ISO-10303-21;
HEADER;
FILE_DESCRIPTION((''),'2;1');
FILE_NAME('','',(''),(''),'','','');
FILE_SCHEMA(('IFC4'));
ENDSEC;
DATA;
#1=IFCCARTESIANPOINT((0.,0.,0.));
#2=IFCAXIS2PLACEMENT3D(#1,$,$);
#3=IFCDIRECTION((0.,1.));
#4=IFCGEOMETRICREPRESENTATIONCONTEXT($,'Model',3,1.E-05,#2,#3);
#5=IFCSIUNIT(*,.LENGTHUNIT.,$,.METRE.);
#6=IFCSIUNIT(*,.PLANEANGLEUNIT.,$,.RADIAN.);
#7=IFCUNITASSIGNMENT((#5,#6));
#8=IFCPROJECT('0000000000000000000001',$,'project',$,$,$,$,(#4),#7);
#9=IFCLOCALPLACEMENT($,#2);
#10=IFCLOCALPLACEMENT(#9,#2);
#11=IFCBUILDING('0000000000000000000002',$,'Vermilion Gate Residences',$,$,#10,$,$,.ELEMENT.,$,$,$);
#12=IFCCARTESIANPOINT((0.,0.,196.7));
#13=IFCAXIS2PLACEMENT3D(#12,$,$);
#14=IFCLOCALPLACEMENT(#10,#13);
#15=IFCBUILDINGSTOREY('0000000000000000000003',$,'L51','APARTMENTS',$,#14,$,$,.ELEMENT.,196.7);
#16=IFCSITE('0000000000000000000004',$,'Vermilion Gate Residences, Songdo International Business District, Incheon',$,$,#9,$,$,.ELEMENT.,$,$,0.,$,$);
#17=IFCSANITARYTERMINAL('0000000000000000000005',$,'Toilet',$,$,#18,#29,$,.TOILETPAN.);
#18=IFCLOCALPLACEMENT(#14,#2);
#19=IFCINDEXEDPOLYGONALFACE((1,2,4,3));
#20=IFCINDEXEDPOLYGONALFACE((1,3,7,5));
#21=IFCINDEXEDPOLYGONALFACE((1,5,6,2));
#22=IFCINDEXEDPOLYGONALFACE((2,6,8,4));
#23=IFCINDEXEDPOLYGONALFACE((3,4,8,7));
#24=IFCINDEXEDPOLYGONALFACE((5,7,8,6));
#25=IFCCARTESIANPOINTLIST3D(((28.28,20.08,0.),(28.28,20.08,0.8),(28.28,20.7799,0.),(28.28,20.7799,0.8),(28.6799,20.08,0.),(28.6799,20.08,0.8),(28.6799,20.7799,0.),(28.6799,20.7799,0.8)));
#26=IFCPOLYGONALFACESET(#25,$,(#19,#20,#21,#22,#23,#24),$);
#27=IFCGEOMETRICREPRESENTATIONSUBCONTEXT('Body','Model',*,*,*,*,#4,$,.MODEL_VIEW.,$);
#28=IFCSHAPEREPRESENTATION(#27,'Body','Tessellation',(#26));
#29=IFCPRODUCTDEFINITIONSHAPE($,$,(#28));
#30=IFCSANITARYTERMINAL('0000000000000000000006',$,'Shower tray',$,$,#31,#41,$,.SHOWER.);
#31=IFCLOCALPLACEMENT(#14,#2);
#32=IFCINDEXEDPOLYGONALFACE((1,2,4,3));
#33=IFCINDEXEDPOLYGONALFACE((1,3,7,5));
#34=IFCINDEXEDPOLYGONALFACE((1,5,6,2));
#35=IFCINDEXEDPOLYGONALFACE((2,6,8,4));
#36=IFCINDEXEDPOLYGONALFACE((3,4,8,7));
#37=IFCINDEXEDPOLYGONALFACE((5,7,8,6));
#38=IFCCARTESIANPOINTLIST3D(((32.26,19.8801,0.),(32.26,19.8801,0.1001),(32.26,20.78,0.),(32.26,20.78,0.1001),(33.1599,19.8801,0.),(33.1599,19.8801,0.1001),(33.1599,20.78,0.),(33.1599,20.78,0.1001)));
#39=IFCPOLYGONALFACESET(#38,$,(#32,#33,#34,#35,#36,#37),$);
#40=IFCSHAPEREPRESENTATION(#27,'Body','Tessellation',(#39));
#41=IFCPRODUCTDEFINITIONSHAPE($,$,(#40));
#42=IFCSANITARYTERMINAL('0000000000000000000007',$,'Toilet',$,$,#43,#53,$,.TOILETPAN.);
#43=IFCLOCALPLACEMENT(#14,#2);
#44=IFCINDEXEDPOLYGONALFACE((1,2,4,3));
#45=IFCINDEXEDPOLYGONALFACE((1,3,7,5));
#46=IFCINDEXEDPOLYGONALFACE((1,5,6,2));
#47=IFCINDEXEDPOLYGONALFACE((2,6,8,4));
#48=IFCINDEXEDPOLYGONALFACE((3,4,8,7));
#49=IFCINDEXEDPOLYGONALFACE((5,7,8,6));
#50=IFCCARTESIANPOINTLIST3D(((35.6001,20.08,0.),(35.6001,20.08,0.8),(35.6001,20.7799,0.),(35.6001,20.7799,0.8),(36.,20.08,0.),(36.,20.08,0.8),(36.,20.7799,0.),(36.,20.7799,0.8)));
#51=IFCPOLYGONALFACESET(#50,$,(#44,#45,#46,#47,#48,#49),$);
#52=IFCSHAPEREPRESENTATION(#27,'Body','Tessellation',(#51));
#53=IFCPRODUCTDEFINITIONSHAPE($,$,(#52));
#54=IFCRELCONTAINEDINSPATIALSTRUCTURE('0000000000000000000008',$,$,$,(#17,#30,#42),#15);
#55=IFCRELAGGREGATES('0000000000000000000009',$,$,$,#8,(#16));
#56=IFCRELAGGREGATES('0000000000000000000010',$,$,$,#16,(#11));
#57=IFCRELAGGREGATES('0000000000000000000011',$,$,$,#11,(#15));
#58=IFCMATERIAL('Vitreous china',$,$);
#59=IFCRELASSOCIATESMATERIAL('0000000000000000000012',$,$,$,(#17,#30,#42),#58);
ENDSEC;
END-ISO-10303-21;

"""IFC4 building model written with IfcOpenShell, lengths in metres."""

from ifc_helpers import new_model, si_unit, direction, frame, origin, origin_2d, place, context, subcontext, project, spatial, rectangle, extrude, material, element, save


model = new_model("IFC4")

# Units and contexts
model_context = context("Model", 3, precision=1e-05, world=origin(), true_north=direction((0.0, 1.0)))
body_context = subcontext(model_context, "Body", "Model", "MODEL_VIEW")
ifc_project = project(units=[si_unit("LENGTHUNIT", "METRE"), si_unit("PLANEANGLEUNIT", "RADIAN")], contexts=[model_context])

# Site, building, storey
site_placement = place(None, origin())
site = spatial("IfcSite", under=ifc_project, at=site_placement, Name="Vermilion Gate Residences, Songdo International Business District, Incheon", CompositionType="ELEMENT", RefElevation=0.0)
building_placement = place(site_placement, origin())
building = spatial("IfcBuilding", under=site, at=building_placement, Name="Vermilion Gate Residences", CompositionType="ELEMENT")
storey_placement = place(building_placement, frame((0.0, 0.0, 196.7)))
storey = spatial("IfcBuildingStorey", under=building, at=storey_placement, Name="L51", Description="APARTMENTS", CompositionType="ELEMENT", Elevation=196.7)

# Sanitary terminals
ifc_material_1 = material(Name="Vitreous china")
sanitary_terminal_1_placement = place(storey_placement, frame((28.48, 20.4299, 0.0), z_axis=(0.0, 0.0, 1.0), x_axis=(1.0, 0.0, 0.0)))
element("IfcSanitaryTerminal", 1, at=sanitary_terminal_1_placement, inside=storey, material=ifc_material_1, Name="Toilet", PredefinedType="TOILETPAN", context=body_context, shape_type="SweptSolid", body=[
    extrude(rectangle(XDim=0.3999, YDim=0.7, at=origin_2d()), origin(), (0.0, 0.0, 1.0), 0.8),
])
sanitary_terminal_2_placement = place(storey_placement, frame((32.71, 20.3301, 0.0), z_axis=(0.0, 0.0, 1.0), x_axis=(1.0, 0.0, 0.0)))
element("IfcSanitaryTerminal", 2, at=sanitary_terminal_2_placement, inside=storey, material=ifc_material_1, Name="Shower tray", PredefinedType="SHOWER", context=body_context, shape_type="SweptSolid", body=[
    extrude(rectangle(XDim=0.8999, YDim=0.8999, at=origin_2d()), origin(), (0.0, 0.0, 1.0), 0.1001),
])
sanitary_terminal_3_placement = place(storey_placement, frame((35.8, 20.4299, 0.0), z_axis=(0.0, 0.0, 1.0), x_axis=(1.0, 0.0, 0.0)))
element("IfcSanitaryTerminal", 3, at=sanitary_terminal_3_placement, inside=storey, material=ifc_material_1, Name="Toilet", PredefinedType="TOILETPAN", context=body_context, shape_type="SweptSolid", body=[
    extrude(rectangle(XDim=0.3999, YDim=0.7, at=origin_2d()), origin(), (0.0, 0.0, 1.0), 0.8),
])

save(model, "model.ifc")
